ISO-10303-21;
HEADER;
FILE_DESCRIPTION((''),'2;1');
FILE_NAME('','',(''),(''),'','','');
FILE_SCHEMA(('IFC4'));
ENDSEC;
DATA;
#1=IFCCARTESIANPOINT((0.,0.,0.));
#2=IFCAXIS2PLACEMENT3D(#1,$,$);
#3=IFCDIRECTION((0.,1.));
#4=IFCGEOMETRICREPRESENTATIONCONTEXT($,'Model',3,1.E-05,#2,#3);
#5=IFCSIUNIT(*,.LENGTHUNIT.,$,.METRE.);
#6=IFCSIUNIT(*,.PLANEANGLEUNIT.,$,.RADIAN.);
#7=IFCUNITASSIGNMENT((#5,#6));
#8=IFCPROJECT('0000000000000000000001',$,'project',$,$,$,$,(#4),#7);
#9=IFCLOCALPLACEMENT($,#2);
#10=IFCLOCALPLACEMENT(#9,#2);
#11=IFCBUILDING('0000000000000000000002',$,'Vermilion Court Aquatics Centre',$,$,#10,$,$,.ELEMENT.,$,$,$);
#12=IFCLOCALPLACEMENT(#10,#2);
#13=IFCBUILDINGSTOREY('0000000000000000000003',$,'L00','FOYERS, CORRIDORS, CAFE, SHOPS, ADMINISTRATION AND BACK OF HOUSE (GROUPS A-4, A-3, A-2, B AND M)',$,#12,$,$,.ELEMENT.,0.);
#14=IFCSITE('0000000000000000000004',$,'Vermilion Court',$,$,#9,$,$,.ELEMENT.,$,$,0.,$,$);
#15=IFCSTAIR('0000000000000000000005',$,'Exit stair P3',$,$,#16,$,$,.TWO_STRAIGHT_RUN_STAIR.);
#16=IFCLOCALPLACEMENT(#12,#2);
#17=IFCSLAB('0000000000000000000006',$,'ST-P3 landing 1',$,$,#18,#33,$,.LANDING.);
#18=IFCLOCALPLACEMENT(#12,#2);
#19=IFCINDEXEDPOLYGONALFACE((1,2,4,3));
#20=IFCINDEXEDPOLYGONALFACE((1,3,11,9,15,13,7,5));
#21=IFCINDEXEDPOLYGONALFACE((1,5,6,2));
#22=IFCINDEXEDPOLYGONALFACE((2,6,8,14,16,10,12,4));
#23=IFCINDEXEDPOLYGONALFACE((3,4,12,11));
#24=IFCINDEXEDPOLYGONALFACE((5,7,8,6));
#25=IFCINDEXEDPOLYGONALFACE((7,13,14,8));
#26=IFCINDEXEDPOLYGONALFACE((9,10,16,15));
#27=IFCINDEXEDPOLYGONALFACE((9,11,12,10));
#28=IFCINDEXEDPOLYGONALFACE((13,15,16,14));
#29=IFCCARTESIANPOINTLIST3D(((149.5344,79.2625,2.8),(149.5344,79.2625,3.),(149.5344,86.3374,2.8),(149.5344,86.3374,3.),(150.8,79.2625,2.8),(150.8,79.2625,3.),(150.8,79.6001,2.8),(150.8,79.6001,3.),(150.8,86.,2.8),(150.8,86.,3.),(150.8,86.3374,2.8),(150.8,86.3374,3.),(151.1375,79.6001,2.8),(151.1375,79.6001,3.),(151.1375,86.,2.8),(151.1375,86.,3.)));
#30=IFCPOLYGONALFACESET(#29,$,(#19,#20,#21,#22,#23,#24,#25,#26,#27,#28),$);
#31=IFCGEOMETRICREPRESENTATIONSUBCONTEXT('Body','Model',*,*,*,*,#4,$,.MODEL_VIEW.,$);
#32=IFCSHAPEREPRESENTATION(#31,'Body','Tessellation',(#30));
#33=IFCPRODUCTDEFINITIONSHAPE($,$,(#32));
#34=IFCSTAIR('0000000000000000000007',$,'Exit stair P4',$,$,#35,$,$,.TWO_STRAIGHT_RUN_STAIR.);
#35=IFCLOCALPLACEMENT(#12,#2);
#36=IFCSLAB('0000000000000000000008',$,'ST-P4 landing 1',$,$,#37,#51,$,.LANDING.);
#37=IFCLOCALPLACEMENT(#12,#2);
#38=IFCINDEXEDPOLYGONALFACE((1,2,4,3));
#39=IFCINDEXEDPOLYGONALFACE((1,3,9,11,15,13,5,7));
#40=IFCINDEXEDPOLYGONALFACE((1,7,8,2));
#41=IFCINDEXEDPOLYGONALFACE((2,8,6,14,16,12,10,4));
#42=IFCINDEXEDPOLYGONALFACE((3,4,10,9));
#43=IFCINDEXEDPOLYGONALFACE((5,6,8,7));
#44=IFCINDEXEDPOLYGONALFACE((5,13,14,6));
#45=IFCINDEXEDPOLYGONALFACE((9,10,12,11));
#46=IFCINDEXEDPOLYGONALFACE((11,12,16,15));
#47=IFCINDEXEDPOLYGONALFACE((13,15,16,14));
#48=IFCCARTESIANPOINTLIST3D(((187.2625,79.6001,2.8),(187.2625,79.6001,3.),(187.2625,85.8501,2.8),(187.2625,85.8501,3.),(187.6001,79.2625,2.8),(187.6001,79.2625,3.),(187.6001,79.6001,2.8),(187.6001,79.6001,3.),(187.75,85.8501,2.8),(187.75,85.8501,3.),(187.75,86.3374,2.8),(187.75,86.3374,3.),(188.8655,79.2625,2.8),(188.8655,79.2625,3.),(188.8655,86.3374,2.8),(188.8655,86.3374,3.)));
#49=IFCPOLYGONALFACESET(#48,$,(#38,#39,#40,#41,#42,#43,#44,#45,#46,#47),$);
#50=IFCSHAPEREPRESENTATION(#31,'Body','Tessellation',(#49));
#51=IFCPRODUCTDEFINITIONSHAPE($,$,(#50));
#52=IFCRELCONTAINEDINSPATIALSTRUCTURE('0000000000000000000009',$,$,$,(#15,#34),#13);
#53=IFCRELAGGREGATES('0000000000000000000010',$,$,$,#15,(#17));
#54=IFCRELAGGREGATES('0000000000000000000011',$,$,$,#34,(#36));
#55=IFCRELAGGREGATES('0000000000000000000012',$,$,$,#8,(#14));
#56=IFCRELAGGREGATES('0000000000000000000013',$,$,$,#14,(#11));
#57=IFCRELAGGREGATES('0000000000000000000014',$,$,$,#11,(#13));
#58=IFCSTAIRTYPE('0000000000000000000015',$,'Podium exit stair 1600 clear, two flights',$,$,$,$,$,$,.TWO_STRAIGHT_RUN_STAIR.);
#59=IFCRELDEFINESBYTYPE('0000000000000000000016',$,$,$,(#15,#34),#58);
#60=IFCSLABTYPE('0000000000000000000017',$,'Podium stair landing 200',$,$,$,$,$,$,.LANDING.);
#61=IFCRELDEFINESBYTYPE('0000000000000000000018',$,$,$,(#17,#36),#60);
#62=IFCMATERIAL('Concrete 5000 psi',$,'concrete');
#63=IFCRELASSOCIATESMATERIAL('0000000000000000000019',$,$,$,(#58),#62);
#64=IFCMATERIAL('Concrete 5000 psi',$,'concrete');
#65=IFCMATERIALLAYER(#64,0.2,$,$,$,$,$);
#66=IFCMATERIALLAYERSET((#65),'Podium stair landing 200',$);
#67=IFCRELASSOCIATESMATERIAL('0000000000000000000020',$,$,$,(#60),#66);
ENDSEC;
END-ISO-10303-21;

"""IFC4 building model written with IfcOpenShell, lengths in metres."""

from ifc_helpers import new_model, si_unit, direction, frame, origin, place, context, subcontext, project, spatial, polyline, outline, extrude, material, layer, layer_set, type_object, element, aggregate, save


model = new_model("IFC4")

# Units and contexts
model_context = context("Model", 3, precision=1e-05, world=origin(), true_north=direction((0.0, 1.0)))
body_context = subcontext(model_context, "Body", "Model", "MODEL_VIEW")
ifc_project = project(units=[si_unit("LENGTHUNIT", "METRE"), si_unit("PLANEANGLEUNIT", "RADIAN")], contexts=[model_context])

# Site, building, storey
site_placement = place(None, origin())
site = spatial("IfcSite", under=ifc_project, at=site_placement, Name="Vermilion Court", CompositionType="ELEMENT", RefElevation=0.0)
building_placement = place(site_placement, origin())
building = spatial("IfcBuilding", under=site, at=building_placement, Name="Vermilion Court Aquatics Centre", CompositionType="ELEMENT")
storey_placement = place(building_placement, origin())
storey = spatial("IfcBuildingStorey", under=building, at=storey_placement, Name="L00", Description="FOYERS, CORRIDORS, CAFE, SHOPS, ADMINISTRATION AND BACK OF HOUSE (GROUPS A-4, A-3, A-2, B AND M)", CompositionType="ELEMENT", Elevation=0.0)

# Stairs, slabs
ifc_material_1 = material(Name="Concrete 5000 psi", Category="concrete")
stair_type_1 = type_object("IfcStairType", Name="Podium exit stair 1600 clear, two flights", PredefinedType="TWO_STRAIGHT_RUN_STAIR", material=ifc_material_1)
ifc_material_2 = material(Name="Concrete 5000 psi", Category="concrete")
ifc_layer_1 = layer(ifc_material_2, 0.2)
ifc_layer_set_1 = layer_set([ifc_layer_1], Name="Podium stair landing 200")
slab_type_1 = type_object("IfcSlabType", Name="Podium stair landing 200", PredefinedType="LANDING", material=ifc_layer_set_1)
stair_1_placement = place(storey_placement, origin())
stair_1 = element("IfcStair", 1, at=stair_1_placement, inside=storey, type_object=stair_type_1, Name="Exit stair P3", PredefinedType="TWO_STRAIGHT_RUN_STAIR")
slab_1_placement = place(storey_placement, frame((0.0, 0.0, 2.8)))
slab_1 = element("IfcSlab", 2, at=slab_1_placement, type_object=slab_type_1, Name="ST-P3 landing 1", PredefinedType="LANDING", context=body_context, shape_type="SweptSolid", body=[
    extrude(outline(polyline([(150.8, 79.6001), (150.8, 79.2625), (149.5344, 79.2625), (149.5344, 86.3374), (150.8, 86.3374), (150.8, 86.0), (151.1375, 86.0), (151.1375, 79.6001), (150.8, 79.6001)])), origin(), (0.0, 0.0, 1.0), 0.2),
])
aggregate(stair_1, [slab_1])
stair_2_placement = place(storey_placement, origin())
stair_2 = element("IfcStair", 3, at=stair_2_placement, inside=storey, type_object=stair_type_1, Name="Exit stair P4", PredefinedType="TWO_STRAIGHT_RUN_STAIR")
slab_2_placement = place(storey_placement, frame((0.0, 0.0, 2.8)))
slab_2 = element("IfcSlab", 4, at=slab_2_placement, type_object=slab_type_1, Name="ST-P4 landing 1", PredefinedType="LANDING", context=body_context, shape_type="SweptSolid", body=[
    extrude(outline(polyline([(187.2625, 79.6001), (187.2625, 85.8501), (187.75, 85.8501), (187.75, 86.3374), (188.8655, 86.3374), (188.8655, 79.2625), (187.6001, 79.2625), (187.6001, 79.6001), (187.2625, 79.6001)])), origin(), (0.0, 0.0, 1.0), 0.2),
])
aggregate(stair_2, [slab_2])

save(model, "model.ifc")
